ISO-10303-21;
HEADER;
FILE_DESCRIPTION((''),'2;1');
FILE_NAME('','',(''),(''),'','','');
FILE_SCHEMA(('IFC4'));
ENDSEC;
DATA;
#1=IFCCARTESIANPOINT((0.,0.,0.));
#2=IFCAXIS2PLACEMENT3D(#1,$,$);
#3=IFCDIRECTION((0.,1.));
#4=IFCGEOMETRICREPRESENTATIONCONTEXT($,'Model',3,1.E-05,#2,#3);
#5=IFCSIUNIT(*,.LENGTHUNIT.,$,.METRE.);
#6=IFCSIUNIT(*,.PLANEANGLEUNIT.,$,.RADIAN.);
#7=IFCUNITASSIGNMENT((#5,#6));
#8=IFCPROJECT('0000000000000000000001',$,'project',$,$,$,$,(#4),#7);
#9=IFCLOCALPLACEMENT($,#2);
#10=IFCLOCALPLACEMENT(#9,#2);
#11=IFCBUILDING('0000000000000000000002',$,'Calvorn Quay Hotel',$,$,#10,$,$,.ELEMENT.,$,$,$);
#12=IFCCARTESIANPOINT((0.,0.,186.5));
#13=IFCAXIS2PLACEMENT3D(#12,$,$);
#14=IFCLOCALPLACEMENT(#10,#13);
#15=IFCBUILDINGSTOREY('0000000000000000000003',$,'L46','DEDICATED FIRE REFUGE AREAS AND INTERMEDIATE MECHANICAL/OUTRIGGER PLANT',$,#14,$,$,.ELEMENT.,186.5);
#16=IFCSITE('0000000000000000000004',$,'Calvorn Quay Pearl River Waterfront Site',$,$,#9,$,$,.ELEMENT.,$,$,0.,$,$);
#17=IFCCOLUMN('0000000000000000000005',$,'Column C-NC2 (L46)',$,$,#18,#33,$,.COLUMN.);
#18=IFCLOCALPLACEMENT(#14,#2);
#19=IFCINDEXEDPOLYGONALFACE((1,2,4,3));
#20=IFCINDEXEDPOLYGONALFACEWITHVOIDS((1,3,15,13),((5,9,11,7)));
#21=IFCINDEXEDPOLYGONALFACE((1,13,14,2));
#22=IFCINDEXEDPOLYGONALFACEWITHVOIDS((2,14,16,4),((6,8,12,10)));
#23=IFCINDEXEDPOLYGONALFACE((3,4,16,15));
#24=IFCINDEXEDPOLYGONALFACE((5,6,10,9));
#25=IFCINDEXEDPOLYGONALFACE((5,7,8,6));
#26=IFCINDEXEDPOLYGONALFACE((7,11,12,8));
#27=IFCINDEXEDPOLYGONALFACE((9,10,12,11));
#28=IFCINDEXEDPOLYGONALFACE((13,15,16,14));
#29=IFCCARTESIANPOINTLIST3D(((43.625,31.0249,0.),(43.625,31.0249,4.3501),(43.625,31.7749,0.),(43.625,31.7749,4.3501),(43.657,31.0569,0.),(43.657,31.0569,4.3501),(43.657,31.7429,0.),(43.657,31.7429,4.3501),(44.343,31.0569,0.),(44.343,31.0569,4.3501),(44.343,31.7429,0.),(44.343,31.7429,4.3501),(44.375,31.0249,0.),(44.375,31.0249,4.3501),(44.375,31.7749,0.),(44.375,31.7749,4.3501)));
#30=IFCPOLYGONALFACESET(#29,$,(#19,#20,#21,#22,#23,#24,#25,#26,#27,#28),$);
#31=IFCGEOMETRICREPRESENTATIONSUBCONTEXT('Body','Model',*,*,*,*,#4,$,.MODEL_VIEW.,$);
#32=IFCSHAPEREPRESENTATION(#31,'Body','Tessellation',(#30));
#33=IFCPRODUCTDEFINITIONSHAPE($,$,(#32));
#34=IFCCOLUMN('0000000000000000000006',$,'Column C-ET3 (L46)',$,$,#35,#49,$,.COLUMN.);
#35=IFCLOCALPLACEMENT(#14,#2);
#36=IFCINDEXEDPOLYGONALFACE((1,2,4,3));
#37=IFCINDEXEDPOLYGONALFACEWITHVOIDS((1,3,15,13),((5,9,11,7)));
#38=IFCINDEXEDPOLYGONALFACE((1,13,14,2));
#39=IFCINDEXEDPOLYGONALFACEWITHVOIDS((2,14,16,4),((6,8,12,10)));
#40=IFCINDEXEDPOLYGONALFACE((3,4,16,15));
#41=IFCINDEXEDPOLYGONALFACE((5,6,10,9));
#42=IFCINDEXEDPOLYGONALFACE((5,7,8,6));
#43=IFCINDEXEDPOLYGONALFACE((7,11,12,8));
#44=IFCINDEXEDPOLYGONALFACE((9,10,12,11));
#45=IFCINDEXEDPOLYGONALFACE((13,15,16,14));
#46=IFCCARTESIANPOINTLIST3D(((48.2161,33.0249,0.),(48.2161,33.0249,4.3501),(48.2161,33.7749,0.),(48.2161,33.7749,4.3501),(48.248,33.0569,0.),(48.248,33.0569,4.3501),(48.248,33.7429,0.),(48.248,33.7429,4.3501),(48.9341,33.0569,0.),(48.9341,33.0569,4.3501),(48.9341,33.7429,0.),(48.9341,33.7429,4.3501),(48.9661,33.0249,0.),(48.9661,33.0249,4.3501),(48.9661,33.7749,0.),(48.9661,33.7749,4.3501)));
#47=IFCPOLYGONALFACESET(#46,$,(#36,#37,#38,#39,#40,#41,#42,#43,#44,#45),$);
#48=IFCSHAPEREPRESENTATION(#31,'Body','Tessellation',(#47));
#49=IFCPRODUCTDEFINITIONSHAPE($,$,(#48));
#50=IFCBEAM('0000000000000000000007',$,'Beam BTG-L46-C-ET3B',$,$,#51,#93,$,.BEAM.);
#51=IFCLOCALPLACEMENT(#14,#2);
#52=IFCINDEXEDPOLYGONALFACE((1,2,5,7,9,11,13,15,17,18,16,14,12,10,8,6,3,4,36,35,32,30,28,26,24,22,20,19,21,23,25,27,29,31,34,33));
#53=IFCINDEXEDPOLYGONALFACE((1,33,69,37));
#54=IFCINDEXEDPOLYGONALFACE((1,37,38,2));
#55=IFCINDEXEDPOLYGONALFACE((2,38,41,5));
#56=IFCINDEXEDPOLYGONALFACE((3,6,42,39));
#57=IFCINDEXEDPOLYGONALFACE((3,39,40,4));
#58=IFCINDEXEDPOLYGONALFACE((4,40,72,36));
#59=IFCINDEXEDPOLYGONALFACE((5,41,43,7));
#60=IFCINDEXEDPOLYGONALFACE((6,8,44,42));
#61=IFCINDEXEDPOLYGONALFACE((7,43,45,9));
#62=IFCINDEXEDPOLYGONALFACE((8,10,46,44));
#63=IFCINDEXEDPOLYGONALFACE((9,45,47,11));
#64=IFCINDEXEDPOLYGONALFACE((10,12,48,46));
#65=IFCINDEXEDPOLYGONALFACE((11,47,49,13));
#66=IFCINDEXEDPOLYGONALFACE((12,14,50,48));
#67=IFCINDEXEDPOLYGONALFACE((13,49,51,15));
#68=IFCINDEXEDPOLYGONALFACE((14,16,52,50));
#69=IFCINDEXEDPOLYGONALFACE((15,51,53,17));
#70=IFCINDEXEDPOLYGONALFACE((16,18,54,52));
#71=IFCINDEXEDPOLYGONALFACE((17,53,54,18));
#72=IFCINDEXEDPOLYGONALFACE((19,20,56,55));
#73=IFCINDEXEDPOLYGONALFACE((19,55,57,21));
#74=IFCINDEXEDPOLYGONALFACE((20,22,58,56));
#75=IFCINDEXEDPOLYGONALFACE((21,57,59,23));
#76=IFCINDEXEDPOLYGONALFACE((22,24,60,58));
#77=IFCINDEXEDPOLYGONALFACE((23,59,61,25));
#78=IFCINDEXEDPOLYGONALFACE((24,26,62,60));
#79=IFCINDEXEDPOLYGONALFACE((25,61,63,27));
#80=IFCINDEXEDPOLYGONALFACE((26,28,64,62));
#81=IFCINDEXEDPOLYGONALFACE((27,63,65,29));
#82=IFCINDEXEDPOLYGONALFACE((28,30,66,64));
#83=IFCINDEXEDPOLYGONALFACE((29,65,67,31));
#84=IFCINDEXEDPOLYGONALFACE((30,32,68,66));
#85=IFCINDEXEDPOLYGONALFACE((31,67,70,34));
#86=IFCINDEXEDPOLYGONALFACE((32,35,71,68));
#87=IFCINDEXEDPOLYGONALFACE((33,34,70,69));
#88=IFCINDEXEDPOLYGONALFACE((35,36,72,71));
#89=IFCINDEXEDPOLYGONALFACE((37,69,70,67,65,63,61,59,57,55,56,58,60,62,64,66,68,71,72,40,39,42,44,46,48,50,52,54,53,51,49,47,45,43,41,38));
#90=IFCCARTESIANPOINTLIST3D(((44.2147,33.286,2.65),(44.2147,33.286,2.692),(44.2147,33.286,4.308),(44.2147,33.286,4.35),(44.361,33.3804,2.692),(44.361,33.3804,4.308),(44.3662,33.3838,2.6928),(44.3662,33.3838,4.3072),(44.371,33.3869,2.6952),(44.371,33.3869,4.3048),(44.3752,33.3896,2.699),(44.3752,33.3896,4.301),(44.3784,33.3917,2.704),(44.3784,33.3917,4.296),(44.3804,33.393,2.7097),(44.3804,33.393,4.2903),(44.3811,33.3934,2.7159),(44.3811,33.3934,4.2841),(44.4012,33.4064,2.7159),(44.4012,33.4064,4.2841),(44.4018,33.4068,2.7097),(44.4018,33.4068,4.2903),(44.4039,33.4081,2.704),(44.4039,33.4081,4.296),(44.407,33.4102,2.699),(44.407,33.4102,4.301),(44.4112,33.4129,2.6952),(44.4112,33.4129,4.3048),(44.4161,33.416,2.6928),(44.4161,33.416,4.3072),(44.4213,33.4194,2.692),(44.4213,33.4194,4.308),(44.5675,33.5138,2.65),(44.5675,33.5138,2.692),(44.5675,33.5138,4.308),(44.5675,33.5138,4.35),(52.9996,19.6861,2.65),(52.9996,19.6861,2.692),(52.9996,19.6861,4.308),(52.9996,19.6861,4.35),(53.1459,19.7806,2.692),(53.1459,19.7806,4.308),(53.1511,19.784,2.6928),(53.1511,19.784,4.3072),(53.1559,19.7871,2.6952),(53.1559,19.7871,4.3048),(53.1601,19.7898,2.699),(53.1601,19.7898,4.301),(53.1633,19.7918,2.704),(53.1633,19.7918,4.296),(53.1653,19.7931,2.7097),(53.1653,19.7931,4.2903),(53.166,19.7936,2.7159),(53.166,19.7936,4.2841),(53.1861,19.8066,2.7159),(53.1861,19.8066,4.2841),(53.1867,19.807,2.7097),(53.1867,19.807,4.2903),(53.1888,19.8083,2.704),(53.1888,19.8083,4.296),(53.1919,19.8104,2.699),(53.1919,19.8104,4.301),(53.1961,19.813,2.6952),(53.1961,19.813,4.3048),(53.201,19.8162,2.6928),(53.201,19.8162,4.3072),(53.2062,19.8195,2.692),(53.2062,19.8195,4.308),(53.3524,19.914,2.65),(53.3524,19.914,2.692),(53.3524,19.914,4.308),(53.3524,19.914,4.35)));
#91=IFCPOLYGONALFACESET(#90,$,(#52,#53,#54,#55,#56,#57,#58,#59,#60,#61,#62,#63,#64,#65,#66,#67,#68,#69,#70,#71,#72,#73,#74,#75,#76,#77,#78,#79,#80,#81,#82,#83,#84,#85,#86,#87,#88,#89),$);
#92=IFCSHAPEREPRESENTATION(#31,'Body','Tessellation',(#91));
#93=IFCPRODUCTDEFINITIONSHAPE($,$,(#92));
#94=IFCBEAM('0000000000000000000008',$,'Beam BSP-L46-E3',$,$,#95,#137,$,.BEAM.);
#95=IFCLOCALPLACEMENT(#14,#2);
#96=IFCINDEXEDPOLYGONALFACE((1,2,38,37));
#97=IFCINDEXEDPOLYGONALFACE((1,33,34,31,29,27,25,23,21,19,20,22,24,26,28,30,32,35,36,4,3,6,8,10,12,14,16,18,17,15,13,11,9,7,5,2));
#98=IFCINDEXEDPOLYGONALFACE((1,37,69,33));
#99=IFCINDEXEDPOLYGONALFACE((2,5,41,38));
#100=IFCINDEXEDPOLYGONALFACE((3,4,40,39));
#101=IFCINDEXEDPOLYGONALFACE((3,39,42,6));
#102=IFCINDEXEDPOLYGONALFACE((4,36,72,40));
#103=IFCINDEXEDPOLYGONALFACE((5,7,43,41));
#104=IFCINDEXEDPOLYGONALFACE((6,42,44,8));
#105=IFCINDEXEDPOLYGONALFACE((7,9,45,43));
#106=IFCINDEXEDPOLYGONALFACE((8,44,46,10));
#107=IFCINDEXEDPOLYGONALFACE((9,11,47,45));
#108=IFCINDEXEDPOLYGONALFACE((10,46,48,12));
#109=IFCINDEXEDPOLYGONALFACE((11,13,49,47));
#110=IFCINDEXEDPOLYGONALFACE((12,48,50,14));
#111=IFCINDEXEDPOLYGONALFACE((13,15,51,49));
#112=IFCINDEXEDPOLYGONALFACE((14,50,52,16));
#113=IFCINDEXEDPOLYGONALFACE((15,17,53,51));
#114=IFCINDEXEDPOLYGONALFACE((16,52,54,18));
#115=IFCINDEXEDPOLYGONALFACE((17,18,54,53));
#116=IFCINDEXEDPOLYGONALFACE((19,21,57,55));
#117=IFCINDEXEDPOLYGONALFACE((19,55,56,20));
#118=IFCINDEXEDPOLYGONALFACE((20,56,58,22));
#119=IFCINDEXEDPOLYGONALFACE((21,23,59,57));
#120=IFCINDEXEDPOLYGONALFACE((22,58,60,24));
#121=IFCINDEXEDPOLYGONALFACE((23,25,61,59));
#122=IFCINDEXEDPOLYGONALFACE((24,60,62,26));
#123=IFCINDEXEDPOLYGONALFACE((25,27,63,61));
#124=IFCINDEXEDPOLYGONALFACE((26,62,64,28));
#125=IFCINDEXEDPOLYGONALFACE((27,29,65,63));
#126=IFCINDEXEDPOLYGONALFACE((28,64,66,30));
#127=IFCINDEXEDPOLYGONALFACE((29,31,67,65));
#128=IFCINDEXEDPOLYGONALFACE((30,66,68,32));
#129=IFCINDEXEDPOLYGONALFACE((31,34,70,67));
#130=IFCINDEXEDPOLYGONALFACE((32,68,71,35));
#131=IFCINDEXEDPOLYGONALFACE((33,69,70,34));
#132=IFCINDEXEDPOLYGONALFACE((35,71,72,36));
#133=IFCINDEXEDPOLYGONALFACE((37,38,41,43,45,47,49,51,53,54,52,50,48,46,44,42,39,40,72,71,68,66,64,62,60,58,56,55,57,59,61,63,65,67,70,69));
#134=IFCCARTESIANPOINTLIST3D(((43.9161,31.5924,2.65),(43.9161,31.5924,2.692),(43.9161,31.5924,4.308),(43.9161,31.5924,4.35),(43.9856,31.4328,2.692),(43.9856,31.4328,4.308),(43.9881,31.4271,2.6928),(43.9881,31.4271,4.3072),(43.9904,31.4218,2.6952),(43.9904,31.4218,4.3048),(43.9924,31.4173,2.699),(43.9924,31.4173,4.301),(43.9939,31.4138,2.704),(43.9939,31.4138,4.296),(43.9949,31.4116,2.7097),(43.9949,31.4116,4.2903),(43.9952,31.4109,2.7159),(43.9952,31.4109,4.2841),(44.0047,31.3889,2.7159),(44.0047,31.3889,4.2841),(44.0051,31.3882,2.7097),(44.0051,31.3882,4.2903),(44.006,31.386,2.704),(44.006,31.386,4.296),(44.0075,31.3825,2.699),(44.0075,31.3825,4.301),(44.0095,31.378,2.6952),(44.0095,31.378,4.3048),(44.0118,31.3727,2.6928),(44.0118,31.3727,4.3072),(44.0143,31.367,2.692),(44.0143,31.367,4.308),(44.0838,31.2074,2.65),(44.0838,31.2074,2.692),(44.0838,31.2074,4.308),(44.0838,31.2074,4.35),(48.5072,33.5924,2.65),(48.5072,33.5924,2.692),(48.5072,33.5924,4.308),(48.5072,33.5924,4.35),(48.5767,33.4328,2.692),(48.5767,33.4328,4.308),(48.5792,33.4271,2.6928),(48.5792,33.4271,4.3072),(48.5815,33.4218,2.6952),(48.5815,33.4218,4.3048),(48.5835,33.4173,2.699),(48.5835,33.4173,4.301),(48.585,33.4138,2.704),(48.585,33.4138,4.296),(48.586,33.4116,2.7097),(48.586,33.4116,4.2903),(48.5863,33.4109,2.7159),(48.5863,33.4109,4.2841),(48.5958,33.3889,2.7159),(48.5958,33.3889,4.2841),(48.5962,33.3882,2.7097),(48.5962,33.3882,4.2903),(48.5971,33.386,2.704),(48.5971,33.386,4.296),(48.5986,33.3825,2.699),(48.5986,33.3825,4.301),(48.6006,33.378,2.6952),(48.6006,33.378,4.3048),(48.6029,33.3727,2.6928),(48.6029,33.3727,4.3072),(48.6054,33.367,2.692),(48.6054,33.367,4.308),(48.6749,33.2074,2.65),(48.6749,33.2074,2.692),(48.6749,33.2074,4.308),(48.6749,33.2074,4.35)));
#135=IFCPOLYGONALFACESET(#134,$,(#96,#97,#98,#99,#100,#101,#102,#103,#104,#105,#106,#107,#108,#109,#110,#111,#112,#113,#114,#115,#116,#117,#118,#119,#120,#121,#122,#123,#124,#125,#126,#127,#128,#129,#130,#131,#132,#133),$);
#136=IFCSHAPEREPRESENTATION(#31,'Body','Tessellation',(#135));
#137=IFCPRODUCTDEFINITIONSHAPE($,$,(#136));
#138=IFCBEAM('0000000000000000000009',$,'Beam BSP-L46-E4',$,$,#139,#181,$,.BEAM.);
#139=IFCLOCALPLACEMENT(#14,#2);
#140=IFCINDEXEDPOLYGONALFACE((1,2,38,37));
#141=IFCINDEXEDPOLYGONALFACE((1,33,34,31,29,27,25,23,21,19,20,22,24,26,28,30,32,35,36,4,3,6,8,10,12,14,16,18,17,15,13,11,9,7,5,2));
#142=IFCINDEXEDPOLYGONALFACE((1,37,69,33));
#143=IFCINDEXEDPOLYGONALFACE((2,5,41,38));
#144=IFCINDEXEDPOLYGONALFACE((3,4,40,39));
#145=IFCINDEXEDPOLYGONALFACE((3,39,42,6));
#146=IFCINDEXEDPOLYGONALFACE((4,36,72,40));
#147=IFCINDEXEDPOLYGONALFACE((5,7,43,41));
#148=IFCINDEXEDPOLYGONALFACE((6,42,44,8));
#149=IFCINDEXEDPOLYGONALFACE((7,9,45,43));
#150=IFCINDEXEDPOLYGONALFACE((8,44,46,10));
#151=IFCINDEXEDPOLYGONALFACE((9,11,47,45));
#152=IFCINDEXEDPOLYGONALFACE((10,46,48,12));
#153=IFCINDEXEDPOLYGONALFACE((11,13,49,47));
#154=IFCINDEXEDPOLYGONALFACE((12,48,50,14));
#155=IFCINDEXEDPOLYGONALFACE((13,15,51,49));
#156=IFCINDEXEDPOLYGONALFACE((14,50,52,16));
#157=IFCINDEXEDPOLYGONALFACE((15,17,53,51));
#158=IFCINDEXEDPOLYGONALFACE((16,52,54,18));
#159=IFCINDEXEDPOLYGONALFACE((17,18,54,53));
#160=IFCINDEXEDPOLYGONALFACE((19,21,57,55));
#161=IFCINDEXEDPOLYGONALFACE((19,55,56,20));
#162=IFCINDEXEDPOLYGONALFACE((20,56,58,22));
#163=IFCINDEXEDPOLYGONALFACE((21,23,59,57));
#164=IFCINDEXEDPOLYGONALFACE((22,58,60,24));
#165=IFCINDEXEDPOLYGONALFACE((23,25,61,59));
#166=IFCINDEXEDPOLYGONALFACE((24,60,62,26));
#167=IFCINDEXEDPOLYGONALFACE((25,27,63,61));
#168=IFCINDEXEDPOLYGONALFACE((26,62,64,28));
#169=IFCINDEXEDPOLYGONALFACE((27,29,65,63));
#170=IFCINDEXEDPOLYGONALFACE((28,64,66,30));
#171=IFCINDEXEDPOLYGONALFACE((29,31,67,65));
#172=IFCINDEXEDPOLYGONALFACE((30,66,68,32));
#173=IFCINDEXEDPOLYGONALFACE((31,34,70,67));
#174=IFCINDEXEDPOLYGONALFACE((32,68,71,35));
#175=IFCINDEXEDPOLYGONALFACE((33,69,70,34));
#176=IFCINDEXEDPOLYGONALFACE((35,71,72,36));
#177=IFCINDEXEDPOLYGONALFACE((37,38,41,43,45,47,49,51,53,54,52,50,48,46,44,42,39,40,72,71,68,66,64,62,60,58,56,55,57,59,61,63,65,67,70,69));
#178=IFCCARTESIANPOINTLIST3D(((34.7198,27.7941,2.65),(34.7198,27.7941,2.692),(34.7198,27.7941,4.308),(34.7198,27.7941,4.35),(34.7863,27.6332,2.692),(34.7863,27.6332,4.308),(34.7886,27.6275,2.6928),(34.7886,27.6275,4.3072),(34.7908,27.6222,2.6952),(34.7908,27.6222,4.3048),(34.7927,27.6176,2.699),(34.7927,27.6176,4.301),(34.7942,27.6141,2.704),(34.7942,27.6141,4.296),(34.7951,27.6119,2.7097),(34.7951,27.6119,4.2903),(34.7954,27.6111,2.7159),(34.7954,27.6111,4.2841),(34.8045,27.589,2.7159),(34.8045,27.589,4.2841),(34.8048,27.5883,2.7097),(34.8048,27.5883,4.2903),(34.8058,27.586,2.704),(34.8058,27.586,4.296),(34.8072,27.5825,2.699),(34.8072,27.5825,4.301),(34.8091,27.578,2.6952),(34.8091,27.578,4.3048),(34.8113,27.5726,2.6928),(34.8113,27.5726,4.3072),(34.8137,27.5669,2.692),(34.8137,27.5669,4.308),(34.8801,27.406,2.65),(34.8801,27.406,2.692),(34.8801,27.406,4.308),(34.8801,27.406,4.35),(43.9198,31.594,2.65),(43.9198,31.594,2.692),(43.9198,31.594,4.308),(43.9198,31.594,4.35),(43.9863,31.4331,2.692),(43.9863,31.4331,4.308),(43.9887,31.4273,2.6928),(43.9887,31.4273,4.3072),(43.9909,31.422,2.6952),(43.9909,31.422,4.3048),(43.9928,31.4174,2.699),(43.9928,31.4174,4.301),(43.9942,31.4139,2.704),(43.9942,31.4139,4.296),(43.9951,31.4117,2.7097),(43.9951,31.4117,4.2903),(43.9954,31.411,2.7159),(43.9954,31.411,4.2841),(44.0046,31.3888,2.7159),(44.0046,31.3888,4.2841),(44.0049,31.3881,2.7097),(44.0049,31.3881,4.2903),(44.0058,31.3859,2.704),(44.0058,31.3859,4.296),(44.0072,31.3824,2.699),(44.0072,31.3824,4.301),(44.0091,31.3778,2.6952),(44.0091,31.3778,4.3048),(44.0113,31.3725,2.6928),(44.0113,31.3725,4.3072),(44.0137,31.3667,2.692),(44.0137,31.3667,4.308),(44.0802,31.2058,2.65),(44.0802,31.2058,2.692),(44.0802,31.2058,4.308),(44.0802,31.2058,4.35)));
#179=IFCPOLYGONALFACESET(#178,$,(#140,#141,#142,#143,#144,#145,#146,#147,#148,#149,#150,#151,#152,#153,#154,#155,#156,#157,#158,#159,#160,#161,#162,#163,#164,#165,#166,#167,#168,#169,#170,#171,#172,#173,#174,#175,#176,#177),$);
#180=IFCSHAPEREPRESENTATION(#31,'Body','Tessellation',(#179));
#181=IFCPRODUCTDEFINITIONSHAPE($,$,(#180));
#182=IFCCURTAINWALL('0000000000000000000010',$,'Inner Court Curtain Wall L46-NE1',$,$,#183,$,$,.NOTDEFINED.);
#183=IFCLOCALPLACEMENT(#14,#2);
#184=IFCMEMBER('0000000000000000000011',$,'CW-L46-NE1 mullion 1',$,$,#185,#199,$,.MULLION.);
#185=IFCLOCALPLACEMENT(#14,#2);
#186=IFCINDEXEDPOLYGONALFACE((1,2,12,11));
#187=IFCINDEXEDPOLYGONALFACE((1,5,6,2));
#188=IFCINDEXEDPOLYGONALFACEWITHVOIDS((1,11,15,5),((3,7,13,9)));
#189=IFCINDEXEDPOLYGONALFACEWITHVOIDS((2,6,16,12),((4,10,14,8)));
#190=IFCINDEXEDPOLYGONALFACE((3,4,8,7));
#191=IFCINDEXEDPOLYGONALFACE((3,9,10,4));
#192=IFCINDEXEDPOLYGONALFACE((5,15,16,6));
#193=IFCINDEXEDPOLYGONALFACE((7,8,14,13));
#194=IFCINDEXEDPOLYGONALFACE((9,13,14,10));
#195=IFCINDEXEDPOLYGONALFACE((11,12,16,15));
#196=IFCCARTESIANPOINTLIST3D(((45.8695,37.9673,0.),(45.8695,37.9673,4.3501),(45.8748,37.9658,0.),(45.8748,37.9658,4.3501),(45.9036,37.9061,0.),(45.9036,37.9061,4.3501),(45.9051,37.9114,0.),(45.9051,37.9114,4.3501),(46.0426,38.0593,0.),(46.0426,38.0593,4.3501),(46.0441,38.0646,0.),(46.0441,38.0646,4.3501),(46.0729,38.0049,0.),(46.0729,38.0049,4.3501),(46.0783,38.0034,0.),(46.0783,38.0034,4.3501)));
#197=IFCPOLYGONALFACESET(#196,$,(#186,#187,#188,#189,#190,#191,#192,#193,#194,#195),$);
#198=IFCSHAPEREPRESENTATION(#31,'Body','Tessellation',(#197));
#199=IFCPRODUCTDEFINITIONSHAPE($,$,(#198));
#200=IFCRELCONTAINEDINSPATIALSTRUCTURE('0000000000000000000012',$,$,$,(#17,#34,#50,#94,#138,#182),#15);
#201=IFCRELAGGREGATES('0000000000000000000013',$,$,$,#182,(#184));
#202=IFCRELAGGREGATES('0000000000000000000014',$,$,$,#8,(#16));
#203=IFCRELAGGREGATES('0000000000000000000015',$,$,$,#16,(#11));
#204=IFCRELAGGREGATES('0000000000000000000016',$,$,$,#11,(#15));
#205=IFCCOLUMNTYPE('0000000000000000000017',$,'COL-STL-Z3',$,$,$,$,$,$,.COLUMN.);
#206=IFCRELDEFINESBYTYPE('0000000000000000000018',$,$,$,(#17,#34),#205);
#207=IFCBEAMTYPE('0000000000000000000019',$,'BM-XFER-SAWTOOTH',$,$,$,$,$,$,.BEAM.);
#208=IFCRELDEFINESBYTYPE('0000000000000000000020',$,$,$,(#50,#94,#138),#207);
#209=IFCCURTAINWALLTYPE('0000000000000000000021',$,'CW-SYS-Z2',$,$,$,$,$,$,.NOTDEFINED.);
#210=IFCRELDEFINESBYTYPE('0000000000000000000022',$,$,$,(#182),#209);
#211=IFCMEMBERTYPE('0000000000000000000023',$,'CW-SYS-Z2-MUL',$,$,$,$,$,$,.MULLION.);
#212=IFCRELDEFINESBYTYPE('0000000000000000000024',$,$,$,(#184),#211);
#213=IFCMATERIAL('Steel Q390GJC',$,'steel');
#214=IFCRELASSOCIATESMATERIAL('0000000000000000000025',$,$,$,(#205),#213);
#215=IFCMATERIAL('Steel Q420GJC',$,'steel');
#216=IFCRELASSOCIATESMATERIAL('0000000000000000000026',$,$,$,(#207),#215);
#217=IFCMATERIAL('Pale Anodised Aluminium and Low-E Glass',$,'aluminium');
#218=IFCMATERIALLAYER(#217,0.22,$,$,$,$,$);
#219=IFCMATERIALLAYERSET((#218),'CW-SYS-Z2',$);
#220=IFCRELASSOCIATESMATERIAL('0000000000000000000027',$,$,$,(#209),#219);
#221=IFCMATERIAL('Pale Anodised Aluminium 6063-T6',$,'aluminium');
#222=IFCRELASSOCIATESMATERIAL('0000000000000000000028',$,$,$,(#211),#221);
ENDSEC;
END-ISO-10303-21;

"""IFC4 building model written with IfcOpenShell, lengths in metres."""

from ifc_helpers import new_model, si_unit, direction, frame, origin, origin_2d, place, context, subcontext, project, spatial, hollow_rectangle, i_section, extrude, material, layer, layer_set, material_profile, profile_set, type_object, element, aggregate, save


model = new_model("IFC4")

# Units and contexts
model_context = context("Model", 3, precision=1e-05, world=origin(), true_north=direction((0.0, 1.0)))
body_context = subcontext(model_context, "Body", "Model", "MODEL_VIEW")
ifc_project = project(units=[si_unit("LENGTHUNIT", "METRE"), si_unit("PLANEANGLEUNIT", "RADIAN")], contexts=[model_context])

# Site, building, storey
site_placement = place(None, origin())
site = spatial("IfcSite", under=ifc_project, at=site_placement, Name="Calvorn Quay Pearl River Waterfront Site", CompositionType="ELEMENT", RefElevation=0.0)
building_placement = place(site_placement, origin())
building = spatial("IfcBuilding", under=site, at=building_placement, Name="Calvorn Quay Hotel", CompositionType="ELEMENT")
storey_placement = place(building_placement, frame((0.0, 0.0, 186.5)))
storey = spatial("IfcBuildingStorey", under=building, at=storey_placement, Name="L46", Description="DEDICATED FIRE REFUGE AREAS AND INTERMEDIATE MECHANICAL/OUTRIGGER PLANT", CompositionType="ELEMENT", Elevation=186.5)

# Columns
ifc_material_1 = material(Name="Steel Q390GJC", Category="steel")
ifc_material_profile_1 = material_profile(ifc_material_1, hollow_rectangle(XDim=0.75, YDim=0.75, WallThickness=0.032, at=origin_2d()), Name="BOX750x750x32")
ifc_profile_set_1 = profile_set([ifc_material_profile_1], Name="Steel Q390GJC")
column_type = type_object("IfcColumnType", Name="COL-STL-Z3", PredefinedType="COLUMN", material=ifc_profile_set_1)
for number, where, z_axis, x_axis, name in (
    (1, (44.0, 31.3999, 0.0), (0.0, 0.0, 1.0), (1.0, 0.0, 0.0), "Column C-NC2 (L46)"),
    (2, (48.5911, 33.3999, 0.0), (0.0, 0.0, 1.0), (1.0, 0.0, 0.0), "Column C-ET3 (L46)"),
):
    element("IfcColumn", number, at=place(storey_placement, frame(where, z_axis=z_axis, x_axis=x_axis)), inside=storey, type_object=column_type, Name=name, PredefinedType="COLUMN", context=body_context, shape_type="SweptSolid", body=[
        extrude(hollow_rectangle(XDim=0.75, YDim=0.75, WallThickness=0.032, at=origin_2d()), origin(), (0.0, 0.0, 1.0), 4.3501),
    ])

# Beams
ifc_material_2 = material(Name="Steel Q420GJC", Category="steel")
ifc_material_profile_2 = material_profile(ifc_material_2, i_section(OverallWidth=0.4199, OverallDepth=1.7, WebThickness=0.0239, FlangeThickness=0.042, FilletRadius=0.0239, at=origin_2d()), Name="HN1700x420x24x42")
ifc_profile_set_2 = profile_set([ifc_material_profile_2], Name="Steel Q420GJC")
beam_type = type_object("IfcBeamType", Name="BM-XFER-SAWTOOTH", PredefinedType="BEAM", material=ifc_profile_set_2)
beam_1_placement = place(storey_placement, frame((44.3911, 33.3999, 3.5), z_axis=(0.542598, -0.839992, 0.0), x_axis=(0.839992, 0.542598, 0.0)))
element("IfcBeam", 3, at=beam_1_placement, inside=storey, type_object=beam_type, Name="Beam BTG-L46-C-ET3B", PredefinedType="BEAM", context=body_context, shape_type="SweptSolid", body=[
    extrude(i_section(OverallWidth=0.4199, OverallDepth=1.7, WebThickness=0.0239, FlangeThickness=0.042, FilletRadius=0.0239, at=origin_2d()), origin(), (0.0, 0.0, 1.0), 16.1904),
])
beam_2_placement = place(storey_placement, frame((48.5911, 33.3999, 3.5), z_axis=(-0.916786, -0.399378, 0.0), x_axis=(0.399378, -0.916786, 0.0)))
element("IfcBeam", 4, at=beam_2_placement, inside=storey, type_object=beam_type, Name="Beam BSP-L46-E3", PredefinedType="BEAM", context=body_context, shape_type="SweptSolid", body=[
    extrude(i_section(OverallWidth=0.4199, OverallDepth=1.7, WebThickness=0.0239, FlangeThickness=0.042, FilletRadius=0.0239, at=origin_2d()), origin(), (0.0, 0.0, 1.0), 5.0078),
])
beam_3_placement = place(storey_placement, frame((44.0, 31.3999, 3.5), z_axis=(-0.924268, -0.381745, 0.0), x_axis=(0.381745, -0.924268, 0.0)))
element("IfcBeam", 5, at=beam_3_placement, inside=storey, type_object=beam_type, Name="Beam BSP-L46-E4", PredefinedType="BEAM", context=body_context, shape_type="SweptSolid", body=[
    extrude(i_section(OverallWidth=0.4199, OverallDepth=1.7, WebThickness=0.0239, FlangeThickness=0.042, FilletRadius=0.0239, at=origin_2d()), origin(), (0.0, 0.0, 1.0), 9.9539),
])

# Curtain wall, member
ifc_material_3 = material(Name="Pale Anodised Aluminium and Low-E Glass", Category="aluminium")
ifc_layer_1 = layer(ifc_material_3, 0.22)
ifc_layer_set_1 = layer_set([ifc_layer_1], Name="CW-SYS-Z2")
curtain_wall_type = type_object("IfcCurtainWallType", Name="CW-SYS-Z2", PredefinedType="NOTDEFINED", material=ifc_layer_set_1)
curtain_wall_placement = place(storey_placement, origin())
curtain_wall = element("IfcCurtainWall", 6, at=curtain_wall_placement, inside=storey, type_object=curtain_wall_type, Name="Inner Court Curtain Wall L46-NE1", PredefinedType="NOTDEFINED")
ifc_material_4 = material(Name="Pale Anodised Aluminium 6063-T6", Category="aluminium")
ifc_material_profile_3 = material_profile(ifc_material_4, hollow_rectangle(XDim=0.0701, YDim=0.2, WallThickness=0.0039, at=origin_2d()), Name="ALU-M200x70x4")
ifc_profile_set_3 = profile_set([ifc_material_profile_3], Name="Pale Anodised Aluminium 6063-T6")
member_type_1 = type_object("IfcMemberType", Name="CW-SYS-Z2-MUL", PredefinedType="MULLION", material=ifc_profile_set_3)
member_1_placement = place(storey_placement, frame((45.9739, 37.9854, 0.0), z_axis=(0.0, 0.0, 1.0), x_axis=(0.486858, -0.873481, 0.0)))
member_1 = element("IfcMember", 7, at=member_1_placement, type_object=member_type_1, Name="CW-L46-NE1 mullion 1", PredefinedType="MULLION", context=body_context, shape_type="SweptSolid", body=[
    extrude(hollow_rectangle(XDim=0.0701, YDim=0.2, WallThickness=0.0039, at=origin_2d()), origin(), (0.0, 0.0, 1.0), 4.3501),
])
aggregate(curtain_wall, [member_1])

save(model, "model.ifc")
